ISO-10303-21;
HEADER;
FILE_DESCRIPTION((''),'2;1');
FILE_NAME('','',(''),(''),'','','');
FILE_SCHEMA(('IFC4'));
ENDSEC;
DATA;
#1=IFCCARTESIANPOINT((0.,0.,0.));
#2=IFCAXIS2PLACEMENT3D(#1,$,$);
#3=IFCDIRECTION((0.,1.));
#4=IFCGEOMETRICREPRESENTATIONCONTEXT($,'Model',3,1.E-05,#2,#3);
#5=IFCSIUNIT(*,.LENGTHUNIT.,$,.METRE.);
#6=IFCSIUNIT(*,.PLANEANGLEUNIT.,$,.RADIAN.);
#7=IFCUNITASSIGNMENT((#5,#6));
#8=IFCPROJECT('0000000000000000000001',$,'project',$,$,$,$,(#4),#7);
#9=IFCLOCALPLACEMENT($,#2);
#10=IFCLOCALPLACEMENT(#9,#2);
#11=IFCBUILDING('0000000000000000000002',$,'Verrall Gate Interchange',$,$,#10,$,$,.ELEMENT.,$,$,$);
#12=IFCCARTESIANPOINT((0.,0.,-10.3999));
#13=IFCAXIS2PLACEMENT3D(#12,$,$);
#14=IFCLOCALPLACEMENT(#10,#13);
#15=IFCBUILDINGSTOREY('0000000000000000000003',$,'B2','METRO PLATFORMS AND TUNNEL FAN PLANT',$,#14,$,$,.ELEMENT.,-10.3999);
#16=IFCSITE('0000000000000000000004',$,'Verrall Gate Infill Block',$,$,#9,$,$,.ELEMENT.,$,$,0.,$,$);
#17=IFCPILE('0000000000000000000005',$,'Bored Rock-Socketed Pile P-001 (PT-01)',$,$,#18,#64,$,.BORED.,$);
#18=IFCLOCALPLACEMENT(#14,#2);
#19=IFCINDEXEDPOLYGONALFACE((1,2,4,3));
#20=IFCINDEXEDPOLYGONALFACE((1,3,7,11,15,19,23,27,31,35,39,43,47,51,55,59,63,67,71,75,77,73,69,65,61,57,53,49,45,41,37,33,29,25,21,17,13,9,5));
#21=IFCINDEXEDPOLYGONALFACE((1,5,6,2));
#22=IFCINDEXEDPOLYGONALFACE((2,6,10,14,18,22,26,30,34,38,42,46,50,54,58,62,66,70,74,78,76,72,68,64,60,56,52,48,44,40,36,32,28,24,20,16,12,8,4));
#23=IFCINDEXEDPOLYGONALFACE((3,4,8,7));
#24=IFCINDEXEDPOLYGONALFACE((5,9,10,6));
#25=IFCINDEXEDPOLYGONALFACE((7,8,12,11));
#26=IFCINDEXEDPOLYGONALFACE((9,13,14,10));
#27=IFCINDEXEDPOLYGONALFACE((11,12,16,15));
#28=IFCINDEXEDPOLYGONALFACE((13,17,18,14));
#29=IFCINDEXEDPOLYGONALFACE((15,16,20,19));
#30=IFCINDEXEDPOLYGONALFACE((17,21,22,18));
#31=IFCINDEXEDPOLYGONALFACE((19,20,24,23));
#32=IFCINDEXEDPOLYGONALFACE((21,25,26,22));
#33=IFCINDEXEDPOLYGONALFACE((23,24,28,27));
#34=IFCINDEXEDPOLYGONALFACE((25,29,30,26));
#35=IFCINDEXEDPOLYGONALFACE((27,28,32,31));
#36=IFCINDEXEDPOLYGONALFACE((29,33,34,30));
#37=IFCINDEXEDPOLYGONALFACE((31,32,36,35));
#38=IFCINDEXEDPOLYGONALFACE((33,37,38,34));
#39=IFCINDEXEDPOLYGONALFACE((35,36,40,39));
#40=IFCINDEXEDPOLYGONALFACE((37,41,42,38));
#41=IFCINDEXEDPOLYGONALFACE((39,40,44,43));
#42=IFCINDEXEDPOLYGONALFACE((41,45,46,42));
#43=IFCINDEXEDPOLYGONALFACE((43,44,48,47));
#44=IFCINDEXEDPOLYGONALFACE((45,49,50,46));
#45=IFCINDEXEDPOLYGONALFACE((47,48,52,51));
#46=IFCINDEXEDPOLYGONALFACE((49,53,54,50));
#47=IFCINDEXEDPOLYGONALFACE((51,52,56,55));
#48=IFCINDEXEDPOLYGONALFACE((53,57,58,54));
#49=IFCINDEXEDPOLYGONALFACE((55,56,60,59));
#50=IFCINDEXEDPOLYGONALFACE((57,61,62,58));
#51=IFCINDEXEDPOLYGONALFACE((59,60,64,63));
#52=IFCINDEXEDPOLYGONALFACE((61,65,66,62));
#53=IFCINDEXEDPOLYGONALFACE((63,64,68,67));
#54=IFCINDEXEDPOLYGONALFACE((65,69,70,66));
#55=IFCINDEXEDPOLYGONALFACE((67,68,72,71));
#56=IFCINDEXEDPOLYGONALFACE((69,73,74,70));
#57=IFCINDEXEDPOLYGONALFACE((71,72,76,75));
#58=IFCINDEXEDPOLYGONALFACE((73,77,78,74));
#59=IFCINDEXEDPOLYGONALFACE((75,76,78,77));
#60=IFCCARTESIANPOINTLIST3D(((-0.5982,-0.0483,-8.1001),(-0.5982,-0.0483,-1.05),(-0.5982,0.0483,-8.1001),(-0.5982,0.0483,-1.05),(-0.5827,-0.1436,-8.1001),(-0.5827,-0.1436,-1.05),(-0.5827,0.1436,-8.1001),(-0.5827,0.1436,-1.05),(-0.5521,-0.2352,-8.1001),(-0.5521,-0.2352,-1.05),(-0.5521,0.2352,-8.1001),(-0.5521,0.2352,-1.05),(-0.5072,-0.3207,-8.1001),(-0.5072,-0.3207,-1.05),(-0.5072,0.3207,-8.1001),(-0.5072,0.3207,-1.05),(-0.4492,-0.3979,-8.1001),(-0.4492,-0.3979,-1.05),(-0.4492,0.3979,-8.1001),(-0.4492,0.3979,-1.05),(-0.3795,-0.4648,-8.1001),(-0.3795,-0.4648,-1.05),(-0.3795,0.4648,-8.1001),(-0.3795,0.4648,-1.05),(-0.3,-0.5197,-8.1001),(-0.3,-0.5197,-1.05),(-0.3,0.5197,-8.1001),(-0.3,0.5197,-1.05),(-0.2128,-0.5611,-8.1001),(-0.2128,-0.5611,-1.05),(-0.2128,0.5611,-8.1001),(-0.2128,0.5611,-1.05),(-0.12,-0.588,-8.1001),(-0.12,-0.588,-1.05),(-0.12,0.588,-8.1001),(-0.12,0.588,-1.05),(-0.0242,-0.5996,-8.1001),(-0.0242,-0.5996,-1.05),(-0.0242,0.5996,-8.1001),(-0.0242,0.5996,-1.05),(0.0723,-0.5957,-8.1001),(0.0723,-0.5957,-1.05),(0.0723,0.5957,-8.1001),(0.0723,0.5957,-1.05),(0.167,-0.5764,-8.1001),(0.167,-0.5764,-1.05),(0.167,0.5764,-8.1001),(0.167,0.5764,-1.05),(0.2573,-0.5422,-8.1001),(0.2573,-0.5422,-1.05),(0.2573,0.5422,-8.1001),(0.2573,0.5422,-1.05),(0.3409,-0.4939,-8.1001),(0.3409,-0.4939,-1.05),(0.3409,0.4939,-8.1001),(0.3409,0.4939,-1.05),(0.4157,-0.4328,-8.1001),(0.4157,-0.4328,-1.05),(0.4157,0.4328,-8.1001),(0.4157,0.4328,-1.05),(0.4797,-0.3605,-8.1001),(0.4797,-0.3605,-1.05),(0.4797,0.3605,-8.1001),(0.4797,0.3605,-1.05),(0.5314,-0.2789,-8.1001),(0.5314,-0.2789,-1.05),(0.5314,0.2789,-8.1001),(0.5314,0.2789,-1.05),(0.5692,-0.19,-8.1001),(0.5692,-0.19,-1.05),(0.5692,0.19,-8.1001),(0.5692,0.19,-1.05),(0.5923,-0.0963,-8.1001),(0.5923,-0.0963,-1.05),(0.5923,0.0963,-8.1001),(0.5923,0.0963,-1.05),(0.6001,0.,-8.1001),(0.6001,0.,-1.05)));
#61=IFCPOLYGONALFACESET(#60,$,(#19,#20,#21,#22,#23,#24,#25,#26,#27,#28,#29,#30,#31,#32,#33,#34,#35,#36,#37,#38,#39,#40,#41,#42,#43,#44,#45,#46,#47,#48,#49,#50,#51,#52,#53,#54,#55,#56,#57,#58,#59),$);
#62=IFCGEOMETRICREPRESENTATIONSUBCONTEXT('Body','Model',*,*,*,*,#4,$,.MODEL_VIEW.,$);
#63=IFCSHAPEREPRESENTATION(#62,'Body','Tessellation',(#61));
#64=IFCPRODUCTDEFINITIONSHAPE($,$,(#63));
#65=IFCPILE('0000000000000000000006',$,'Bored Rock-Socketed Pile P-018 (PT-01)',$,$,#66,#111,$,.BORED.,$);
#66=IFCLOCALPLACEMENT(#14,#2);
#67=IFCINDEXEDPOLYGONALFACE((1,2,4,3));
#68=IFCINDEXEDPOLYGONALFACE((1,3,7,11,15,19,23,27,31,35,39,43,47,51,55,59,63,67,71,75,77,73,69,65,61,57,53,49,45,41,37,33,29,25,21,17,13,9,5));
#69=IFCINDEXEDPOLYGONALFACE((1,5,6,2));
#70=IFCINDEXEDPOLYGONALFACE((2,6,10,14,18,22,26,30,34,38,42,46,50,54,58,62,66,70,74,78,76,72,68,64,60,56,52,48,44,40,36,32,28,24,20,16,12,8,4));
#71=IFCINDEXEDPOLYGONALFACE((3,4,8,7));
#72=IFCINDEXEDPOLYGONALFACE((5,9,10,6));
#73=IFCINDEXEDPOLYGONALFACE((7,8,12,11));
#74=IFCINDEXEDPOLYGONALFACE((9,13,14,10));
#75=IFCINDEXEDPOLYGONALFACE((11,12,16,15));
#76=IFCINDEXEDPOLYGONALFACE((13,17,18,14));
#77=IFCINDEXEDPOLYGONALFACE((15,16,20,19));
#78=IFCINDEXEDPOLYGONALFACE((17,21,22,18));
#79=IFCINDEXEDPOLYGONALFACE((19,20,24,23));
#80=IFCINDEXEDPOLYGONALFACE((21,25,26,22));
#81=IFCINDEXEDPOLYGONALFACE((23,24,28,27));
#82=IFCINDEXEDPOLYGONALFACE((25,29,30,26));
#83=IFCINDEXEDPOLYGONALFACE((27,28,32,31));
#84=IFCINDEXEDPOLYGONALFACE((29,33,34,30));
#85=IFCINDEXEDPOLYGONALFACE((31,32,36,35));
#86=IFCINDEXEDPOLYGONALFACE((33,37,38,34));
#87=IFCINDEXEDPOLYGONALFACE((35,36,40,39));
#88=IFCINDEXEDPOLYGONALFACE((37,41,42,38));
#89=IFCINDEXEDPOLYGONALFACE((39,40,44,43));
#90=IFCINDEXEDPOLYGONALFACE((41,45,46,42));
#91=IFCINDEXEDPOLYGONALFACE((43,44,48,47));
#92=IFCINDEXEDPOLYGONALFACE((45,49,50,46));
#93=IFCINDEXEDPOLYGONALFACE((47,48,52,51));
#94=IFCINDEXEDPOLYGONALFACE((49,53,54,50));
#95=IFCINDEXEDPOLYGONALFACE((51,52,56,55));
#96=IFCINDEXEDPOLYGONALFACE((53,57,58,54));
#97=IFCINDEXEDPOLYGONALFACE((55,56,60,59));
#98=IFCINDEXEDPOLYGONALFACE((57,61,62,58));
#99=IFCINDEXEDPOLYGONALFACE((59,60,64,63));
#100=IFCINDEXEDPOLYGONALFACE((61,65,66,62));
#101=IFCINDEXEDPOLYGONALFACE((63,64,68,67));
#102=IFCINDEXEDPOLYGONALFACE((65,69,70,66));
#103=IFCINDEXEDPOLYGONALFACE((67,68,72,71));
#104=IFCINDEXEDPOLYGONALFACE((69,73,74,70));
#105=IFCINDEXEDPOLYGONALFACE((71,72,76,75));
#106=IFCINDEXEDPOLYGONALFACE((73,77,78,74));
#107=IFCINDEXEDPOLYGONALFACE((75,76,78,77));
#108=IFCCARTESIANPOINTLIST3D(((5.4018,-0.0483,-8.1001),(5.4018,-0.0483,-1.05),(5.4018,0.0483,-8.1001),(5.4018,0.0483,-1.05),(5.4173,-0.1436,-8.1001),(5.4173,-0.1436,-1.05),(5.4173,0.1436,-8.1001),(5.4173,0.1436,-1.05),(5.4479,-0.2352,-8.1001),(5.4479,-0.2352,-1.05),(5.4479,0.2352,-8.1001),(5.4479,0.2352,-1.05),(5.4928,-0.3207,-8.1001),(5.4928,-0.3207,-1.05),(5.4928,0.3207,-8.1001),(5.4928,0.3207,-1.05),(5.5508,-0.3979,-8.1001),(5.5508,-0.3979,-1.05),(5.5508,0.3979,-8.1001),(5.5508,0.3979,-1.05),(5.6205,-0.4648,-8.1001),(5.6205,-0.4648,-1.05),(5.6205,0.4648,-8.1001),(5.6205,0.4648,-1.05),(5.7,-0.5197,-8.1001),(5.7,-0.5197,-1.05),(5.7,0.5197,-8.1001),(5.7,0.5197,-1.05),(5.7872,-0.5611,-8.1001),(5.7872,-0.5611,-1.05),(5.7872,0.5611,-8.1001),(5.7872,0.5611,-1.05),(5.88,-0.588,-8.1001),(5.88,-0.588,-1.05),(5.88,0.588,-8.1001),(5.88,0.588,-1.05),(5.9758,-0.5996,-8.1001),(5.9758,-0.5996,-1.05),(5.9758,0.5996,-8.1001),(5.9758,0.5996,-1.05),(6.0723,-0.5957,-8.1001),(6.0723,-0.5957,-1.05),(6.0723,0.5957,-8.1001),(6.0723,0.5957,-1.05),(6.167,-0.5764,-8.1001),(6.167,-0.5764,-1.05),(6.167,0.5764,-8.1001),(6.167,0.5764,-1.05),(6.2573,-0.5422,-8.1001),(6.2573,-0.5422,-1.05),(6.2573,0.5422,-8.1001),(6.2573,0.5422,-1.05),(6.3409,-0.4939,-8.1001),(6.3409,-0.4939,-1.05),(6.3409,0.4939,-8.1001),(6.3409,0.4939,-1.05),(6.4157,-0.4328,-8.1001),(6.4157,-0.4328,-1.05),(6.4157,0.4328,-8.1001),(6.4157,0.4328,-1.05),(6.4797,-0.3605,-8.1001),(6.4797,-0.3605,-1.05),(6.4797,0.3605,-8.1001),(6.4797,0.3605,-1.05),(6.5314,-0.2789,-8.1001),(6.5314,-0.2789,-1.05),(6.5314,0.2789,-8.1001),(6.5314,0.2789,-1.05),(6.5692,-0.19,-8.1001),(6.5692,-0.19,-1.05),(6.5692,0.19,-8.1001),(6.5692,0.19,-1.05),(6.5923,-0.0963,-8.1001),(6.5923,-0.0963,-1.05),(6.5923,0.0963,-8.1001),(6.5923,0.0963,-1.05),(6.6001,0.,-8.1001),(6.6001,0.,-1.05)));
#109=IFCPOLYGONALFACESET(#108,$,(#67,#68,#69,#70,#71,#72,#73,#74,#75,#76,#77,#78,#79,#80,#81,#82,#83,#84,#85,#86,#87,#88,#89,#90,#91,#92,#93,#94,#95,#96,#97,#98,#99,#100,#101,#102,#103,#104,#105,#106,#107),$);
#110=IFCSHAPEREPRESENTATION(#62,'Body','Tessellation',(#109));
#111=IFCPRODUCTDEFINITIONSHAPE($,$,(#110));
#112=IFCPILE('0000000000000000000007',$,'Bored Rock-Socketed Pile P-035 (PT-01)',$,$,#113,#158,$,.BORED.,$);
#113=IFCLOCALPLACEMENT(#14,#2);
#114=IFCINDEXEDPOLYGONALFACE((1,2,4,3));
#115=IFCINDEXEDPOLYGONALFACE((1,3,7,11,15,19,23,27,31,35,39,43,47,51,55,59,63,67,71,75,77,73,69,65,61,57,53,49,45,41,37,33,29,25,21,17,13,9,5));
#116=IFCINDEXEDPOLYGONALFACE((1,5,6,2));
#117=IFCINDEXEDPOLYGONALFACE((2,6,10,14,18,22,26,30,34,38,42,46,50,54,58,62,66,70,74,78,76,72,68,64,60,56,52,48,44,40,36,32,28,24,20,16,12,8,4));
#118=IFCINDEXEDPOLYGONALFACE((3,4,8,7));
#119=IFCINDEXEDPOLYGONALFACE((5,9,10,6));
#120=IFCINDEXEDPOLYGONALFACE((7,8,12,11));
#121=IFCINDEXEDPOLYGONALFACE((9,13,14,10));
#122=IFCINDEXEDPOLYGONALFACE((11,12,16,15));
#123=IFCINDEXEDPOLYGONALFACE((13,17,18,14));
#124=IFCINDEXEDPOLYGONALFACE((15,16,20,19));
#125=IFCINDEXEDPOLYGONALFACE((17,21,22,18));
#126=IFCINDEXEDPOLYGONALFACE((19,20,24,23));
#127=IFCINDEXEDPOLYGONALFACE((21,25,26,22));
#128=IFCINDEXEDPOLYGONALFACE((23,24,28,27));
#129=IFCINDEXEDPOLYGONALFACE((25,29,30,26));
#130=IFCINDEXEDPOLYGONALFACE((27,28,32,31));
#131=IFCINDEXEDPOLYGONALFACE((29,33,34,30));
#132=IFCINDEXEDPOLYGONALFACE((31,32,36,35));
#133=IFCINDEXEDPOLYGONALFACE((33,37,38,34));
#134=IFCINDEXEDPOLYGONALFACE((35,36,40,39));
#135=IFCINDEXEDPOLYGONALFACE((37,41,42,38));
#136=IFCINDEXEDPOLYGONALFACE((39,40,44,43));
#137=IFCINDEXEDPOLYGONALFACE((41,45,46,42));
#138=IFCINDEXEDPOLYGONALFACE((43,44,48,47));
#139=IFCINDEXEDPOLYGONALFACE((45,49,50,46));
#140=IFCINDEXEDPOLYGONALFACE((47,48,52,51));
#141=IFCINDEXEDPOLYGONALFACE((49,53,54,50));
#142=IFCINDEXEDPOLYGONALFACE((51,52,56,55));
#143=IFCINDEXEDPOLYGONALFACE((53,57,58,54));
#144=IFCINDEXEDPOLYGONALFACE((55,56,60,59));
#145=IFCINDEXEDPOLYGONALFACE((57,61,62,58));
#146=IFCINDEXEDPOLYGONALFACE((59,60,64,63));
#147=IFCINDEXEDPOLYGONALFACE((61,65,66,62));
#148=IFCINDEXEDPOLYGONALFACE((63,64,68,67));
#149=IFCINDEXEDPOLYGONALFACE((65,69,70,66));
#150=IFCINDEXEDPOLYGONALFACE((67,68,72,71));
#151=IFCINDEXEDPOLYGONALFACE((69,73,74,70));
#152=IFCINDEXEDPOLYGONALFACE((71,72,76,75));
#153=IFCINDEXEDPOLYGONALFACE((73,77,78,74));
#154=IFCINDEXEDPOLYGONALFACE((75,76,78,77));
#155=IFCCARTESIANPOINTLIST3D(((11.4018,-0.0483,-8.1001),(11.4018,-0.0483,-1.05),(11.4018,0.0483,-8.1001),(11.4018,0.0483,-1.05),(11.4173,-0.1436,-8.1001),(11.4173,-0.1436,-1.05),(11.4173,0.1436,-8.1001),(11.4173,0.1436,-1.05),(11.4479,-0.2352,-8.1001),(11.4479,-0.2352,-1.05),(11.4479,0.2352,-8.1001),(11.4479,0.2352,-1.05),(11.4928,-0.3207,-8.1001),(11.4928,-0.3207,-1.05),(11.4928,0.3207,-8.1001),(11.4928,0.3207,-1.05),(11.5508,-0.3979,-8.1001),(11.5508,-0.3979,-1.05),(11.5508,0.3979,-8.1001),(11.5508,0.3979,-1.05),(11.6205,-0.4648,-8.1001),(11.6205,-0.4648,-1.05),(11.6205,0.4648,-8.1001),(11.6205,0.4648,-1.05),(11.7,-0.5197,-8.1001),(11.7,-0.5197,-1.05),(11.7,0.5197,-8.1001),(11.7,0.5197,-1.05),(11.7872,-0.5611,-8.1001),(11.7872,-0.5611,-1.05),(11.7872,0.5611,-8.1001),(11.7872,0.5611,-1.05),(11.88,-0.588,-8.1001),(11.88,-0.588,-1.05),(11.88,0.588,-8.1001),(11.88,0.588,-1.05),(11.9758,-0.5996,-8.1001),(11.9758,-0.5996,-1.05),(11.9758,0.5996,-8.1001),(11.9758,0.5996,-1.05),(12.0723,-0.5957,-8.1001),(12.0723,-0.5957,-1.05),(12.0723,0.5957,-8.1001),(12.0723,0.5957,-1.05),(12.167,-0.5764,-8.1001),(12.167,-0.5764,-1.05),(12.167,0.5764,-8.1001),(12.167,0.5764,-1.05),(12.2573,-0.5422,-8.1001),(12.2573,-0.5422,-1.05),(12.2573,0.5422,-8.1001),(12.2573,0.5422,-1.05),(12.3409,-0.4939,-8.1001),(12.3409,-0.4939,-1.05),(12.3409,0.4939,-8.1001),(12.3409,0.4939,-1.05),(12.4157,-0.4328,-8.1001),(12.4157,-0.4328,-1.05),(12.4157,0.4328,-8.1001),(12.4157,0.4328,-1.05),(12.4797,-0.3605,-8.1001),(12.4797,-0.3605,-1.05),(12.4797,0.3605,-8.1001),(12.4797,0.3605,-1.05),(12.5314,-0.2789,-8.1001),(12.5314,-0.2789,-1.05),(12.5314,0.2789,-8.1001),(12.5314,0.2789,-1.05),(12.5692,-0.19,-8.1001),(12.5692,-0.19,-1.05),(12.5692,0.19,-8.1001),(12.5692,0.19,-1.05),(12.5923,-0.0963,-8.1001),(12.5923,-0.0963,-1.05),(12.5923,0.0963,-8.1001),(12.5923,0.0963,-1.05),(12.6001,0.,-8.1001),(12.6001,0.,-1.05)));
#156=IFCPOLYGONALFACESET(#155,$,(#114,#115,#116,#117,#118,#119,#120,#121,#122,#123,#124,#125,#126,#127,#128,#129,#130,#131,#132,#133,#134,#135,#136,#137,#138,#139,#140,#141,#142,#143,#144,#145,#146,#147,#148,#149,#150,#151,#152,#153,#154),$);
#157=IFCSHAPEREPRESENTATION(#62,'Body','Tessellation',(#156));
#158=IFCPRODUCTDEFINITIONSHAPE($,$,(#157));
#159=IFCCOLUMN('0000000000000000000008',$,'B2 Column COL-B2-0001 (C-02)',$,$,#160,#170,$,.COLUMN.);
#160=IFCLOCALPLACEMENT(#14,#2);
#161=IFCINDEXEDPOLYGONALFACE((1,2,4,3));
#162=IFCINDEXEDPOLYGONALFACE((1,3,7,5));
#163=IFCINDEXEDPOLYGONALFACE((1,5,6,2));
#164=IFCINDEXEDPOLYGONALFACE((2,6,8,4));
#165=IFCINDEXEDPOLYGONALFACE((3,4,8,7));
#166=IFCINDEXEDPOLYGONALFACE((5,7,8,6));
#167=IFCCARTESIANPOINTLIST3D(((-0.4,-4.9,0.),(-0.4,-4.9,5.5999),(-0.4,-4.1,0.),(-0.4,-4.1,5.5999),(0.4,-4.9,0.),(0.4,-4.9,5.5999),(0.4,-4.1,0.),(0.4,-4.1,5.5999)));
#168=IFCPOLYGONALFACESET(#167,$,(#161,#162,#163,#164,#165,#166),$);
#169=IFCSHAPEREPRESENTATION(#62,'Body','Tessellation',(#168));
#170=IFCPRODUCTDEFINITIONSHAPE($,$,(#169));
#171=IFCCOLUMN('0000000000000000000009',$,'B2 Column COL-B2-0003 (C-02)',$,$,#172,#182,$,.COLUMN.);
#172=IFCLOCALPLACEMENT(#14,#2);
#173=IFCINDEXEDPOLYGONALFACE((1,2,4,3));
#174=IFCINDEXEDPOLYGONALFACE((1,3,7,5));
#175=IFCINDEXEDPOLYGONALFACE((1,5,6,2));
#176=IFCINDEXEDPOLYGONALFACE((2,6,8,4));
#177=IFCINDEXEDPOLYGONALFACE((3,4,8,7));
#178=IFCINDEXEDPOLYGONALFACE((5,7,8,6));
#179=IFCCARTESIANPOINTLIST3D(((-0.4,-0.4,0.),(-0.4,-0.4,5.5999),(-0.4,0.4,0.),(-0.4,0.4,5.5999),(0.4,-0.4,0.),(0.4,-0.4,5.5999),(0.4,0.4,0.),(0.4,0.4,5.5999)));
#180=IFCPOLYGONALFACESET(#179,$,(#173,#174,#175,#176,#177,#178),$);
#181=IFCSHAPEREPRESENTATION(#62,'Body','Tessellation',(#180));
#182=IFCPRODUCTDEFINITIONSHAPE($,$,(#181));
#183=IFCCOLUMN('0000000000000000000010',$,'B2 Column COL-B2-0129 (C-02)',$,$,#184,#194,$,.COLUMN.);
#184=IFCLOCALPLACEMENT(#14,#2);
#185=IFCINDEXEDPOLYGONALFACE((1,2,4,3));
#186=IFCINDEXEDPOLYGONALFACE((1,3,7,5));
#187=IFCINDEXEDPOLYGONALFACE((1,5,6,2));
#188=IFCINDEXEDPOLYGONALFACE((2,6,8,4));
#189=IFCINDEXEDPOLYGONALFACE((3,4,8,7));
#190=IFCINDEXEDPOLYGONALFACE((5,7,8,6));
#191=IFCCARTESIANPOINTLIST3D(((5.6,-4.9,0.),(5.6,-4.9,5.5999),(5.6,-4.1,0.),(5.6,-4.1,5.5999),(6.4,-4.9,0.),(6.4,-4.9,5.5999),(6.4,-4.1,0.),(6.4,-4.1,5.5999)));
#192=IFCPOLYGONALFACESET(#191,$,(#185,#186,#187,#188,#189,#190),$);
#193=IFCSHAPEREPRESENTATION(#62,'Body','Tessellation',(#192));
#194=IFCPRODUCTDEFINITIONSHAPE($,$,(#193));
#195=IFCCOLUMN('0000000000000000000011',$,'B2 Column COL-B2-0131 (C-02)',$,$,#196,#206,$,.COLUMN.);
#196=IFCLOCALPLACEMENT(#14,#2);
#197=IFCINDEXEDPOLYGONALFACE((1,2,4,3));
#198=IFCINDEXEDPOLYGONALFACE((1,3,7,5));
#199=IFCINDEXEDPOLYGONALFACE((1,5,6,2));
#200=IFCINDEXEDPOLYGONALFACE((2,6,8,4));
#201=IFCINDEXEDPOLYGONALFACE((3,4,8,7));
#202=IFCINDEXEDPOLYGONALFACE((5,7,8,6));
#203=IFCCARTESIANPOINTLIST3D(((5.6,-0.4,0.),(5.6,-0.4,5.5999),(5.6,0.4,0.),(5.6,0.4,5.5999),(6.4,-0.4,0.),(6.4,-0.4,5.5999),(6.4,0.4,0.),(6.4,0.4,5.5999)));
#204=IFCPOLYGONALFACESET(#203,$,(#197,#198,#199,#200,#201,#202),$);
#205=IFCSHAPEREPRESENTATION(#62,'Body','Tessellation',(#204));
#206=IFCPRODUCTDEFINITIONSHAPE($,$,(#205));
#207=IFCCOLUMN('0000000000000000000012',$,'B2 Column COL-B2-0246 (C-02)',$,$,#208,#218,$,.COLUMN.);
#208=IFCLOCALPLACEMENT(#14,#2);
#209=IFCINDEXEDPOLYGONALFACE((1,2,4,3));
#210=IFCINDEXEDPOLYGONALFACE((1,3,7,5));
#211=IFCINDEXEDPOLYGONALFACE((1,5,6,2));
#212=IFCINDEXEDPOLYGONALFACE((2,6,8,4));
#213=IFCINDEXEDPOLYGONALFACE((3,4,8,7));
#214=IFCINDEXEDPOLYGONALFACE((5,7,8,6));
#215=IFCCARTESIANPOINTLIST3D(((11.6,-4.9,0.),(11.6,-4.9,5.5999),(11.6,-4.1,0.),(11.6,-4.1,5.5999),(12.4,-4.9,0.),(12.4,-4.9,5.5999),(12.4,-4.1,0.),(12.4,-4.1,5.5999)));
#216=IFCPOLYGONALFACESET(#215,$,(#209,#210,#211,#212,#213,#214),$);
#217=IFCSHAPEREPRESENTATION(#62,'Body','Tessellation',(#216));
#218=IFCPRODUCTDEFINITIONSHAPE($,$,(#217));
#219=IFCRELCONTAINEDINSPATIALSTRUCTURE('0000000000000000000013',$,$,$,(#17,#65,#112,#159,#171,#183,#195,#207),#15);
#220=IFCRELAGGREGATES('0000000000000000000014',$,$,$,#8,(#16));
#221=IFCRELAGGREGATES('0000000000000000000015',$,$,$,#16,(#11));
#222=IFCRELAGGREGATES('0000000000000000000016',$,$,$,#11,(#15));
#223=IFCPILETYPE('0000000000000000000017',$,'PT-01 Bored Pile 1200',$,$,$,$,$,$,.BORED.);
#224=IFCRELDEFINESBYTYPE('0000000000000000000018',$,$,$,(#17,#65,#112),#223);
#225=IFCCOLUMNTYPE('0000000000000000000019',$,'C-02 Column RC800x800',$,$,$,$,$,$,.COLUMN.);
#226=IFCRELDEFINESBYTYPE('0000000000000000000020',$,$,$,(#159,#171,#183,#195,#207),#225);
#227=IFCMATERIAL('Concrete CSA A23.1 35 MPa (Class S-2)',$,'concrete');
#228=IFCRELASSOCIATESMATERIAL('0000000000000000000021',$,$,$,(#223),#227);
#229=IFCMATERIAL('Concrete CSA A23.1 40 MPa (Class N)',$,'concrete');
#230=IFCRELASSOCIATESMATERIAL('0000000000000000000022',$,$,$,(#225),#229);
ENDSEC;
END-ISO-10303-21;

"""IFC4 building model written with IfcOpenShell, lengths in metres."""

from ifc_helpers import new_model, si_unit, direction, frame, origin, origin_2d, place, context, subcontext, project, spatial, rectangle, circle, extrude, material, material_profile, profile_set, type_object, element, save


model = new_model("IFC4")

# Units and contexts
model_context = context("Model", 3, precision=1e-05, world=origin(), true_north=direction((0.0, 1.0)))
body_context = subcontext(model_context, "Body", "Model", "MODEL_VIEW")
ifc_project = project(units=[si_unit("LENGTHUNIT", "METRE"), si_unit("PLANEANGLEUNIT", "RADIAN")], contexts=[model_context])

# Site, building, storey
site_placement = place(None, origin())
site = spatial("IfcSite", under=ifc_project, at=site_placement, Name="Verrall Gate Infill Block", CompositionType="ELEMENT", RefElevation=0.0)
building_placement = place(site_placement, origin())
building = spatial("IfcBuilding", under=site, at=building_placement, Name="Verrall Gate Interchange", CompositionType="ELEMENT")
storey_placement = place(building_placement, frame((0.0, 0.0, -10.3999)))
storey = spatial("IfcBuildingStorey", under=building, at=storey_placement, Name="B2", Description="METRO PLATFORMS AND TUNNEL FAN PLANT", CompositionType="ELEMENT", Elevation=-10.3999)

# Piles
ifc_material_1 = material(Name="Concrete CSA A23.1 35 MPa (Class S-2)", Category="concrete")
ifc_material_profile_1 = material_profile(ifc_material_1, circle(Radius=0.6001, at=origin_2d()), Name="PILE1200D")
ifc_profile_set_1 = profile_set([ifc_material_profile_1], Name="Concrete CSA A23.1 35 MPa (Class S-2)")
pile_type = type_object("IfcPileType", Name="PT-01 Bored Pile 1200", PredefinedType="BORED", material=ifc_profile_set_1)
for number, where, z_axis, x_axis, name in (
    (1, (0.0, 0.0, -1.05), (0.0, 0.0, -1.0), (1.0, 0.0, 0.0), "Bored Rock-Socketed Pile P-001 (PT-01)"),
    (2, (6.0, 0.0, -1.05), (0.0, 0.0, -1.0), (1.0, 0.0, 0.0), "Bored Rock-Socketed Pile P-018 (PT-01)"),
    (3, (12.0, 0.0, -1.05), (0.0, 0.0, -1.0), (1.0, 0.0, 0.0), "Bored Rock-Socketed Pile P-035 (PT-01)"),
):
    element("IfcPile", number, at=place(storey_placement, frame(where, z_axis=z_axis, x_axis=x_axis)), inside=storey, type_object=pile_type, Name=name, PredefinedType="BORED", context=body_context, shape_type="SweptSolid", body=[
        extrude(circle(Radius=0.6001, at=origin_2d()), origin(), (0.0, 0.0, 1.0), 7.05),
    ])

# Columns
ifc_material_2 = material(Name="Concrete CSA A23.1 40 MPa (Class N)", Category="concrete")
ifc_material_profile_2 = material_profile(ifc_material_2, rectangle(XDim=0.8, YDim=0.8, at=origin_2d()), Name="RC800x800")
ifc_profile_set_2 = profile_set([ifc_material_profile_2], Name="Concrete CSA A23.1 40 MPa (Class N)")
column_type = type_object("IfcColumnType", Name="C-02 Column RC800x800", PredefinedType="COLUMN", material=ifc_profile_set_2)
for number, where, z_axis, x_axis, name in (
    (4, (0.0, -4.5, 0.0), (0.0, 0.0, 1.0), (1.0, 0.0, 0.0), "B2 Column COL-B2-0001 (C-02)"),
    (5, (0.0, 0.0, 0.0), (0.0, 0.0, 1.0), (1.0, 0.0, 0.0), "B2 Column COL-B2-0003 (C-02)"),
    (6, (6.0, -4.5, 0.0), (0.0, 0.0, 1.0), (1.0, 0.0, 0.0), "B2 Column COL-B2-0129 (C-02)"),
    (7, (6.0, 0.0, 0.0), (0.0, 0.0, 1.0), (1.0, 0.0, 0.0), "B2 Column COL-B2-0131 (C-02)"),
    (8, (12.0, -4.5, 0.0), (0.0, 0.0, 1.0), (1.0, 0.0, 0.0), "B2 Column COL-B2-0246 (C-02)"),
):
    element("IfcColumn", number, at=place(storey_placement, frame(where, z_axis=z_axis, x_axis=x_axis)), inside=storey, type_object=column_type, Name=name, PredefinedType="COLUMN", context=body_context, shape_type="SweptSolid", body=[
        extrude(rectangle(XDim=0.8, YDim=0.8, at=origin_2d()), origin(), (0.0, 0.0, 1.0), 5.5999),
    ])

save(model, "model.ifc")
